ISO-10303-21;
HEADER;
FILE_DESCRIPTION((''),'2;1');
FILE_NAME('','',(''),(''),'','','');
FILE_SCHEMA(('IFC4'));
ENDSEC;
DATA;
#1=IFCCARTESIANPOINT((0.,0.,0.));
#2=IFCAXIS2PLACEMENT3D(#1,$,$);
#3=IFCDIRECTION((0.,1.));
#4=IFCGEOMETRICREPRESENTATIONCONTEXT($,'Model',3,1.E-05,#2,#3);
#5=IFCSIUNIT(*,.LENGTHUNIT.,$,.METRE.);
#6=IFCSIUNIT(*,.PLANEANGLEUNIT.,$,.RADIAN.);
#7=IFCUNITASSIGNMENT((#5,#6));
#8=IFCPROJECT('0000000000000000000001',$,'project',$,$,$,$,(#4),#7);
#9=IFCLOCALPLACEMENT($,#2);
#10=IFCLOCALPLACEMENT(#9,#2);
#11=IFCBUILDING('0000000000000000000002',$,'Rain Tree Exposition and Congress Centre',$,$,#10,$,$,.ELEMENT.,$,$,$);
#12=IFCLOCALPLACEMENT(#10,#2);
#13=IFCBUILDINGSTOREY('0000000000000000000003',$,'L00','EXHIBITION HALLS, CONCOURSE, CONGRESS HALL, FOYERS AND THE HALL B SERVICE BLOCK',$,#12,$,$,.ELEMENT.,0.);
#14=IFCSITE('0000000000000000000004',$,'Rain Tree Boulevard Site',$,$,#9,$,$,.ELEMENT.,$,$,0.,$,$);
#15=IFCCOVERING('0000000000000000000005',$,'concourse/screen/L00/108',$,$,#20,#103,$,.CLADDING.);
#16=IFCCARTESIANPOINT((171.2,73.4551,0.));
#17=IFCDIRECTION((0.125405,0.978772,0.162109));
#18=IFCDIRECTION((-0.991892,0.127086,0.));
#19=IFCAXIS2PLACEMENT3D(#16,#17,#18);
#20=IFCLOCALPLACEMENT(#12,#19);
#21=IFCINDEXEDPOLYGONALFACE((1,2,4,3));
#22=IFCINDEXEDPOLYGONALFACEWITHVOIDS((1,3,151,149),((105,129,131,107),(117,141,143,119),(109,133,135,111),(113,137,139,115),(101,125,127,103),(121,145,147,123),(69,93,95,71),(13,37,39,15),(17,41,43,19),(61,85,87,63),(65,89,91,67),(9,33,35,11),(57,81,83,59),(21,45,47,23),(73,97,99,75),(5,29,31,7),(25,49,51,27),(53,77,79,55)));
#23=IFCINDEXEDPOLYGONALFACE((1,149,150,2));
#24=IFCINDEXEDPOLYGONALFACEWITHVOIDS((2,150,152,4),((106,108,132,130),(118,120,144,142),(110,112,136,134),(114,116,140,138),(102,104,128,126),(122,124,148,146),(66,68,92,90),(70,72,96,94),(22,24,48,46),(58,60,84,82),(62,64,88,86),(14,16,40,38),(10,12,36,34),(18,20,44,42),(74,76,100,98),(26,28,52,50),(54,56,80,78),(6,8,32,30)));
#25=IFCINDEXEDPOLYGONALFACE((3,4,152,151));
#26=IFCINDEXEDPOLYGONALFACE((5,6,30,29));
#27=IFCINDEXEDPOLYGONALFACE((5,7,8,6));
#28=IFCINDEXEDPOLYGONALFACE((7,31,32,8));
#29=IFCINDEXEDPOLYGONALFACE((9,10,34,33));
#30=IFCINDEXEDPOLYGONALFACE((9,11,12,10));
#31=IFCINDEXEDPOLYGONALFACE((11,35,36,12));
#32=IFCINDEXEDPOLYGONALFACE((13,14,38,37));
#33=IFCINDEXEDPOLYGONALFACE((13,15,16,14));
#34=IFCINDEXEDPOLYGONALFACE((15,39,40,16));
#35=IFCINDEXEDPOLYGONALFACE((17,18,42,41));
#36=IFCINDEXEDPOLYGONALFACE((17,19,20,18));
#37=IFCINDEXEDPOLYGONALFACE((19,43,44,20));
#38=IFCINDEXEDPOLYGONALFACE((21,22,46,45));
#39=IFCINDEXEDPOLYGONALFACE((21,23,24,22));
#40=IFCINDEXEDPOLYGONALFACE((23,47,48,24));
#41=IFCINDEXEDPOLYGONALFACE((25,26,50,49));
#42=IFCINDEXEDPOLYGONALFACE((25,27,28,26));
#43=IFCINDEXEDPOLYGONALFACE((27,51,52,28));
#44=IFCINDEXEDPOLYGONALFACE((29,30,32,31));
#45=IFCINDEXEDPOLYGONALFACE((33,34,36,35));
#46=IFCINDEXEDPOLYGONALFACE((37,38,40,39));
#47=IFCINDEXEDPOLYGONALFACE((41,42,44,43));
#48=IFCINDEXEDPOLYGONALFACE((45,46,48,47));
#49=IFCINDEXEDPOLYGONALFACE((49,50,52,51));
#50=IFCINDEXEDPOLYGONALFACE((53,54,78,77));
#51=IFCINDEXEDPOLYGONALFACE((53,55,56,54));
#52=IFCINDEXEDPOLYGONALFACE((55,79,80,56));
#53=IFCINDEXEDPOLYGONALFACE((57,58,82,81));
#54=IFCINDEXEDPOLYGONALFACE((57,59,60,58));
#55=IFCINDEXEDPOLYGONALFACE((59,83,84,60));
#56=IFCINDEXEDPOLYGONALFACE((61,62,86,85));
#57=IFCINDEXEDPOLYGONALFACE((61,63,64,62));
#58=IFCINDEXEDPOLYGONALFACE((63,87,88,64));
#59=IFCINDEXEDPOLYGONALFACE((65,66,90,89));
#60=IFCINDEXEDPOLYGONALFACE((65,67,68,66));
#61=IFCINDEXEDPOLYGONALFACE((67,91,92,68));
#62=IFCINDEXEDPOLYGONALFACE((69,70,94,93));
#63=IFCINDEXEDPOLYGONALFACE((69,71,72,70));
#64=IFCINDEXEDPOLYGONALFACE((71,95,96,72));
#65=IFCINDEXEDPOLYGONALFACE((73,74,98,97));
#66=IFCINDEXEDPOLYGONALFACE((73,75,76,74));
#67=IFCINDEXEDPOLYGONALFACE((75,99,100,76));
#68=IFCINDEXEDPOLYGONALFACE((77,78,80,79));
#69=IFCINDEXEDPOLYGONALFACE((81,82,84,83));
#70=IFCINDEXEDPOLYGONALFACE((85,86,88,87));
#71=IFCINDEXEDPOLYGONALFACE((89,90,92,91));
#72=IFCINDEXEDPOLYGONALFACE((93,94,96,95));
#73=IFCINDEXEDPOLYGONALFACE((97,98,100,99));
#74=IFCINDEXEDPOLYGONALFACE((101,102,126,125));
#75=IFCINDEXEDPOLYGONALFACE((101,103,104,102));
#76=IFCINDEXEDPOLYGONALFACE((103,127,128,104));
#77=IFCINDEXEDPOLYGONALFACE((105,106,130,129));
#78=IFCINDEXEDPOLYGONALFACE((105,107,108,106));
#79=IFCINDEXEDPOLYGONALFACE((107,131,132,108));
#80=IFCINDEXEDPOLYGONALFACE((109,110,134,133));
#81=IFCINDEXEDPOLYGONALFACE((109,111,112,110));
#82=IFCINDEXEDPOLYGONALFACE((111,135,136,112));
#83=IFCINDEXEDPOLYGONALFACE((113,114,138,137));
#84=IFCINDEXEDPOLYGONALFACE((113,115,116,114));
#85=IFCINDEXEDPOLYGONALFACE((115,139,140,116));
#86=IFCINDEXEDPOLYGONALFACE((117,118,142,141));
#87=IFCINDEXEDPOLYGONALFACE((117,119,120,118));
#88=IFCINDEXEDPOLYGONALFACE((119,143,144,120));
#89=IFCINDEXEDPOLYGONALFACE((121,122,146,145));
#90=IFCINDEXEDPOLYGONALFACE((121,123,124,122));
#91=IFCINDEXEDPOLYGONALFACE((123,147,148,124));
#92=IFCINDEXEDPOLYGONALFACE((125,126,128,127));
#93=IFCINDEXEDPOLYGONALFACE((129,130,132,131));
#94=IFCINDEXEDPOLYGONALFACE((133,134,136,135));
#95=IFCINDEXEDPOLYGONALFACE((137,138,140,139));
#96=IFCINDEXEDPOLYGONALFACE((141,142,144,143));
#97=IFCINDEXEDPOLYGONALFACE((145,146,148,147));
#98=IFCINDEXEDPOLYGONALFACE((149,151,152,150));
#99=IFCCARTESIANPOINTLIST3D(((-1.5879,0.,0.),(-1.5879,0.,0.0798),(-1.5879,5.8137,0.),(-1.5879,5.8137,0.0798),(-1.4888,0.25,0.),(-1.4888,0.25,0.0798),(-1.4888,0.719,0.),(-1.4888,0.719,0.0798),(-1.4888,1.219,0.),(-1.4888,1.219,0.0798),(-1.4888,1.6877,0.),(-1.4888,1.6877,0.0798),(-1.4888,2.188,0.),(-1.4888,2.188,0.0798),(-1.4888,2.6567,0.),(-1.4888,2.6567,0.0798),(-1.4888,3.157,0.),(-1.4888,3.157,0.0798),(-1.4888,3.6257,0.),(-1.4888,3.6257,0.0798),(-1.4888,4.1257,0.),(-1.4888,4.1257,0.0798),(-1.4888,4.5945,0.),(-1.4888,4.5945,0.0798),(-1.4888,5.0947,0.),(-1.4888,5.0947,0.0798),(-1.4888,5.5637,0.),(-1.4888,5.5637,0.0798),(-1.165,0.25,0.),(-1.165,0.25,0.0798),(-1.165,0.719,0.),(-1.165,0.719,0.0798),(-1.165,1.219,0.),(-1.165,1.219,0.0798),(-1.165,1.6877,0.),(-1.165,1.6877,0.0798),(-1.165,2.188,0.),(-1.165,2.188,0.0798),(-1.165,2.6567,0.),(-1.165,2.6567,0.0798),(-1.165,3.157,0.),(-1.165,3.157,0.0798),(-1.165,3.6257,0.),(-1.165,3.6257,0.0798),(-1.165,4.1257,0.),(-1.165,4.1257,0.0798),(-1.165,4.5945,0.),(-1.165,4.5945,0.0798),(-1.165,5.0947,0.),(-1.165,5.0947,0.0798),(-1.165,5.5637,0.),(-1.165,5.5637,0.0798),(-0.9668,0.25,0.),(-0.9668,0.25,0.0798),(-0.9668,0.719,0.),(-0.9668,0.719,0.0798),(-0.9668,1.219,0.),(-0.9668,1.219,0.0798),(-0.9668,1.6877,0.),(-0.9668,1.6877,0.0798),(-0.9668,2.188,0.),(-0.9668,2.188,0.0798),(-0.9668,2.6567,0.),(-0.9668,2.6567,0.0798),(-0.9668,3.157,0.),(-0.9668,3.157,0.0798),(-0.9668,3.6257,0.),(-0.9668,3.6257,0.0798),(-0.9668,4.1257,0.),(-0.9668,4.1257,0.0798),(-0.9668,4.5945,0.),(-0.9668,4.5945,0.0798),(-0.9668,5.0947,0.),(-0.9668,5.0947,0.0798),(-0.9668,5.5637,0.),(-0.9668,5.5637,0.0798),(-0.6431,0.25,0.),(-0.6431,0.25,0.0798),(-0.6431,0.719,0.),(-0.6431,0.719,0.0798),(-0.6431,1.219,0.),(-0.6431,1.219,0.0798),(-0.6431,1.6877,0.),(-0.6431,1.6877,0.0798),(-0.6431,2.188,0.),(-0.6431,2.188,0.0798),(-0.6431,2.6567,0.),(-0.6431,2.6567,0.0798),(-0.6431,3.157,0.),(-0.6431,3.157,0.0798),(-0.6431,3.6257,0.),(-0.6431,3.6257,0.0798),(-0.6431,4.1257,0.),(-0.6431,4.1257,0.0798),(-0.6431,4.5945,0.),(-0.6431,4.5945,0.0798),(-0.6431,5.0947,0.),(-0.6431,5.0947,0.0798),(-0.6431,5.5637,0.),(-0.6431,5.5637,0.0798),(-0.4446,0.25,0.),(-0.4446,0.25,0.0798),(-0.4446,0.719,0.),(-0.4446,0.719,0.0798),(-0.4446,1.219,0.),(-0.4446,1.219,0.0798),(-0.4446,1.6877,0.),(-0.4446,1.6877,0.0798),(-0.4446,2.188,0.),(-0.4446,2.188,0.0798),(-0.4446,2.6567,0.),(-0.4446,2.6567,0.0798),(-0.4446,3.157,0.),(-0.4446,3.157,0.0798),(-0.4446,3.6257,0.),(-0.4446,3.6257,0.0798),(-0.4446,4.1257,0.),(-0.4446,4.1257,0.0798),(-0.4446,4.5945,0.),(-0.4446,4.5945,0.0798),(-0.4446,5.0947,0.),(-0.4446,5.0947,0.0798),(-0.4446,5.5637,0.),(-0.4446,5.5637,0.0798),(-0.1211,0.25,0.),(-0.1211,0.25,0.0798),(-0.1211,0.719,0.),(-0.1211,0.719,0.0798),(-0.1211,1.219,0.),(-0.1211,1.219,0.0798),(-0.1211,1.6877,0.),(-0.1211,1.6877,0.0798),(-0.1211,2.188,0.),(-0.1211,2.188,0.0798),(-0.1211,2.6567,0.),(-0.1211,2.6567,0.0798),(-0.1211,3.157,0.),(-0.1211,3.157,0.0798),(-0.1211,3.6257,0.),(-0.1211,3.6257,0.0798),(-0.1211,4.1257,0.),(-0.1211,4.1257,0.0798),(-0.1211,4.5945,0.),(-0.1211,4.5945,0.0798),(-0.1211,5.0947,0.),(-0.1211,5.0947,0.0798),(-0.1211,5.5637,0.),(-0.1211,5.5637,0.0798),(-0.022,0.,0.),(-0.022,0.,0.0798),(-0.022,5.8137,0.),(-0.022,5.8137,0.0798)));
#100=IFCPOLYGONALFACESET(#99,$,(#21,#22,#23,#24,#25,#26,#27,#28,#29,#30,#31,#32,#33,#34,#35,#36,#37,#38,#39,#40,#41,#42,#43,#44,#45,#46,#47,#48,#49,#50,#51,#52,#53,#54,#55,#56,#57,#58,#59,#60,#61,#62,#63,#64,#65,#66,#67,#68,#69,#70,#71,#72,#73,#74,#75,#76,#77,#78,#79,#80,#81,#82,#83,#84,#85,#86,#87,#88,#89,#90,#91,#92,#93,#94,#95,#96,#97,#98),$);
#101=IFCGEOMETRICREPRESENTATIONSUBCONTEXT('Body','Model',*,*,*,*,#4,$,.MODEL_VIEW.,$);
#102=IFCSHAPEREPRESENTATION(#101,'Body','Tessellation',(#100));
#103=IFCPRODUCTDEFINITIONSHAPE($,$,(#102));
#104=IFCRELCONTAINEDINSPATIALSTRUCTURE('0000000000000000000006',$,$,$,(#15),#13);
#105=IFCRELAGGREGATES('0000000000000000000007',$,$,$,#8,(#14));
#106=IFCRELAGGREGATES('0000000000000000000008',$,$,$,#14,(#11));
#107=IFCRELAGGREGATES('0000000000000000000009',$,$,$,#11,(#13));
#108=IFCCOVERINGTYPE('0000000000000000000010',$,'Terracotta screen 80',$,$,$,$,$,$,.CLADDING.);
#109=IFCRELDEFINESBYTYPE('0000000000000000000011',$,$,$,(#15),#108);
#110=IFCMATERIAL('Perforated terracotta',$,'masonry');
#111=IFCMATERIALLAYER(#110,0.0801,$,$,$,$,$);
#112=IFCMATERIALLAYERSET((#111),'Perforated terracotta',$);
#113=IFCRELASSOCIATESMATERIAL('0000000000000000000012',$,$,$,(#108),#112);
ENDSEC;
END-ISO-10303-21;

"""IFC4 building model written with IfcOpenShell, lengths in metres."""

from ifc_helpers import new_model, si_unit, direction, frame, origin, place, context, subcontext, project, spatial, polyline, outline, extrude, material, layer, layer_set, type_object, element, save


model = new_model("IFC4")

# Units and contexts
model_context = context("Model", 3, precision=1e-05, world=origin(), true_north=direction((0.0, 1.0)))
body_context = subcontext(model_context, "Body", "Model", "MODEL_VIEW")
ifc_project = project(units=[si_unit("LENGTHUNIT", "METRE"), si_unit("PLANEANGLEUNIT", "RADIAN")], contexts=[model_context])

# Site, building, storey
site_placement = place(None, origin())
site = spatial("IfcSite", under=ifc_project, at=site_placement, Name="Rain Tree Boulevard Site", CompositionType="ELEMENT", RefElevation=0.0)
building_placement = place(site_placement, origin())
building = spatial("IfcBuilding", under=site, at=building_placement, Name="Rain Tree Exposition and Congress Centre", CompositionType="ELEMENT")
storey_placement = place(building_placement, origin())
storey = spatial("IfcBuildingStorey", under=building, at=storey_placement, Name="L00", Description="EXHIBITION HALLS, CONCOURSE, CONGRESS HALL, FOYERS AND THE HALL B SERVICE BLOCK", CompositionType="ELEMENT", Elevation=0.0)

# Covering
ifc_material_1 = material(Name="Perforated terracotta", Category="masonry")
ifc_layer_1 = layer(ifc_material_1, 0.0801)
ifc_layer_set_1 = layer_set([ifc_layer_1], Name="Perforated terracotta")
covering_type = type_object("IfcCoveringType", Name="Terracotta screen 80", PredefinedType="CLADDING", material=ifc_layer_set_1)
covering_1_placement = place(storey_placement, frame((171.2, 73.4551, 0.0), z_axis=(0.125405, 0.978772, 0.162109), x_axis=(-0.991892, 0.127086, 0.0)))
element("IfcCovering", 1, at=covering_1_placement, inside=storey, type_object=covering_type, Name="concourse/screen/L00/108", PredefinedType="CLADDING", context=body_context, shape_type="SweptSolid", body=[
    extrude(outline(polyline([(-0.022, 0.0), (-1.5879, 0.0), (-1.5879, 5.8137), (-0.022, 5.8137), (-0.022, 0.0)]), holes=[polyline([(-0.1211, 0.25), (-0.1211, 0.719), (-0.4446, 0.719), (-0.4446, 0.25), (-0.1211, 0.25)]), polyline([(-0.1211, 1.219), (-0.1211, 1.6877), (-0.4446, 1.6877), (-0.4446, 1.219), (-0.1211, 1.219)]), polyline([(-0.1211, 2.188), (-0.1211, 2.6567), (-0.4446, 2.6567), (-0.4446, 2.188), (-0.1211, 2.188)]), polyline([(-0.1211, 3.157), (-0.1211, 3.6257), (-0.4446, 3.6257), (-0.4446, 3.157), (-0.1211, 3.157)]), polyline([(-0.1211, 4.1257), (-0.1211, 4.5945), (-0.4446, 4.5945), (-0.4446, 4.1257), (-0.1211, 4.1257)]), polyline([(-0.1211, 5.0947), (-0.1211, 5.5637), (-0.4446, 5.5637), (-0.4446, 5.0947), (-0.1211, 5.0947)]), polyline([(-0.6431, 0.25), (-0.6431, 0.719), (-0.9668, 0.719), (-0.9668, 0.25), (-0.6431, 0.25)]), polyline([(-0.6431, 1.219), (-0.6431, 1.6877), (-0.9668, 1.6877), (-0.9668, 1.219), (-0.6431, 1.219)]), polyline([(-0.6431, 2.188), (-0.6431, 2.6567), (-0.9668, 2.6567), (-0.9668, 2.188), (-0.6431, 2.188)]), polyline([(-0.6431, 3.157), (-0.6431, 3.6257), (-0.9668, 3.6257), (-0.9668, 3.157), (-0.6431, 3.157)]), polyline([(-0.6431, 4.1257), (-0.6431, 4.5945), (-0.9668, 4.5945), (-0.9668, 4.1257), (-0.6431, 4.1257)]), polyline([(-0.6431, 5.0947), (-0.6431, 5.5637), (-0.9668, 5.5637), (-0.9668, 5.0947), (-0.6431, 5.0947)]), polyline([(-1.165, 0.25), (-1.165, 0.719), (-1.4888, 0.719), (-1.4888, 0.25), (-1.165, 0.25)]), polyline([(-1.165, 1.219), (-1.165, 1.6877), (-1.4888, 1.6877), (-1.4888, 1.219), (-1.165, 1.219)]), polyline([(-1.165, 2.188), (-1.165, 2.6567), (-1.4888, 2.6567), (-1.4888, 2.188), (-1.165, 2.188)]), polyline([(-1.165, 3.157), (-1.165, 3.6257), (-1.4888, 3.6257), (-1.4888, 3.157), (-1.165, 3.157)]), polyline([(-1.165, 4.1257), (-1.165, 4.5945), (-1.4888, 4.5945), (-1.4888, 4.1257), (-1.165, 4.1257)]), polyline([(-1.165, 5.0947), (-1.165, 5.5637), (-1.4888, 5.5637), (-1.4888, 5.0947), (-1.165, 5.0947)])]), origin(), (0.0, 0.0, 1.0), 0.0798),
])

save(model, "model.ifc")
